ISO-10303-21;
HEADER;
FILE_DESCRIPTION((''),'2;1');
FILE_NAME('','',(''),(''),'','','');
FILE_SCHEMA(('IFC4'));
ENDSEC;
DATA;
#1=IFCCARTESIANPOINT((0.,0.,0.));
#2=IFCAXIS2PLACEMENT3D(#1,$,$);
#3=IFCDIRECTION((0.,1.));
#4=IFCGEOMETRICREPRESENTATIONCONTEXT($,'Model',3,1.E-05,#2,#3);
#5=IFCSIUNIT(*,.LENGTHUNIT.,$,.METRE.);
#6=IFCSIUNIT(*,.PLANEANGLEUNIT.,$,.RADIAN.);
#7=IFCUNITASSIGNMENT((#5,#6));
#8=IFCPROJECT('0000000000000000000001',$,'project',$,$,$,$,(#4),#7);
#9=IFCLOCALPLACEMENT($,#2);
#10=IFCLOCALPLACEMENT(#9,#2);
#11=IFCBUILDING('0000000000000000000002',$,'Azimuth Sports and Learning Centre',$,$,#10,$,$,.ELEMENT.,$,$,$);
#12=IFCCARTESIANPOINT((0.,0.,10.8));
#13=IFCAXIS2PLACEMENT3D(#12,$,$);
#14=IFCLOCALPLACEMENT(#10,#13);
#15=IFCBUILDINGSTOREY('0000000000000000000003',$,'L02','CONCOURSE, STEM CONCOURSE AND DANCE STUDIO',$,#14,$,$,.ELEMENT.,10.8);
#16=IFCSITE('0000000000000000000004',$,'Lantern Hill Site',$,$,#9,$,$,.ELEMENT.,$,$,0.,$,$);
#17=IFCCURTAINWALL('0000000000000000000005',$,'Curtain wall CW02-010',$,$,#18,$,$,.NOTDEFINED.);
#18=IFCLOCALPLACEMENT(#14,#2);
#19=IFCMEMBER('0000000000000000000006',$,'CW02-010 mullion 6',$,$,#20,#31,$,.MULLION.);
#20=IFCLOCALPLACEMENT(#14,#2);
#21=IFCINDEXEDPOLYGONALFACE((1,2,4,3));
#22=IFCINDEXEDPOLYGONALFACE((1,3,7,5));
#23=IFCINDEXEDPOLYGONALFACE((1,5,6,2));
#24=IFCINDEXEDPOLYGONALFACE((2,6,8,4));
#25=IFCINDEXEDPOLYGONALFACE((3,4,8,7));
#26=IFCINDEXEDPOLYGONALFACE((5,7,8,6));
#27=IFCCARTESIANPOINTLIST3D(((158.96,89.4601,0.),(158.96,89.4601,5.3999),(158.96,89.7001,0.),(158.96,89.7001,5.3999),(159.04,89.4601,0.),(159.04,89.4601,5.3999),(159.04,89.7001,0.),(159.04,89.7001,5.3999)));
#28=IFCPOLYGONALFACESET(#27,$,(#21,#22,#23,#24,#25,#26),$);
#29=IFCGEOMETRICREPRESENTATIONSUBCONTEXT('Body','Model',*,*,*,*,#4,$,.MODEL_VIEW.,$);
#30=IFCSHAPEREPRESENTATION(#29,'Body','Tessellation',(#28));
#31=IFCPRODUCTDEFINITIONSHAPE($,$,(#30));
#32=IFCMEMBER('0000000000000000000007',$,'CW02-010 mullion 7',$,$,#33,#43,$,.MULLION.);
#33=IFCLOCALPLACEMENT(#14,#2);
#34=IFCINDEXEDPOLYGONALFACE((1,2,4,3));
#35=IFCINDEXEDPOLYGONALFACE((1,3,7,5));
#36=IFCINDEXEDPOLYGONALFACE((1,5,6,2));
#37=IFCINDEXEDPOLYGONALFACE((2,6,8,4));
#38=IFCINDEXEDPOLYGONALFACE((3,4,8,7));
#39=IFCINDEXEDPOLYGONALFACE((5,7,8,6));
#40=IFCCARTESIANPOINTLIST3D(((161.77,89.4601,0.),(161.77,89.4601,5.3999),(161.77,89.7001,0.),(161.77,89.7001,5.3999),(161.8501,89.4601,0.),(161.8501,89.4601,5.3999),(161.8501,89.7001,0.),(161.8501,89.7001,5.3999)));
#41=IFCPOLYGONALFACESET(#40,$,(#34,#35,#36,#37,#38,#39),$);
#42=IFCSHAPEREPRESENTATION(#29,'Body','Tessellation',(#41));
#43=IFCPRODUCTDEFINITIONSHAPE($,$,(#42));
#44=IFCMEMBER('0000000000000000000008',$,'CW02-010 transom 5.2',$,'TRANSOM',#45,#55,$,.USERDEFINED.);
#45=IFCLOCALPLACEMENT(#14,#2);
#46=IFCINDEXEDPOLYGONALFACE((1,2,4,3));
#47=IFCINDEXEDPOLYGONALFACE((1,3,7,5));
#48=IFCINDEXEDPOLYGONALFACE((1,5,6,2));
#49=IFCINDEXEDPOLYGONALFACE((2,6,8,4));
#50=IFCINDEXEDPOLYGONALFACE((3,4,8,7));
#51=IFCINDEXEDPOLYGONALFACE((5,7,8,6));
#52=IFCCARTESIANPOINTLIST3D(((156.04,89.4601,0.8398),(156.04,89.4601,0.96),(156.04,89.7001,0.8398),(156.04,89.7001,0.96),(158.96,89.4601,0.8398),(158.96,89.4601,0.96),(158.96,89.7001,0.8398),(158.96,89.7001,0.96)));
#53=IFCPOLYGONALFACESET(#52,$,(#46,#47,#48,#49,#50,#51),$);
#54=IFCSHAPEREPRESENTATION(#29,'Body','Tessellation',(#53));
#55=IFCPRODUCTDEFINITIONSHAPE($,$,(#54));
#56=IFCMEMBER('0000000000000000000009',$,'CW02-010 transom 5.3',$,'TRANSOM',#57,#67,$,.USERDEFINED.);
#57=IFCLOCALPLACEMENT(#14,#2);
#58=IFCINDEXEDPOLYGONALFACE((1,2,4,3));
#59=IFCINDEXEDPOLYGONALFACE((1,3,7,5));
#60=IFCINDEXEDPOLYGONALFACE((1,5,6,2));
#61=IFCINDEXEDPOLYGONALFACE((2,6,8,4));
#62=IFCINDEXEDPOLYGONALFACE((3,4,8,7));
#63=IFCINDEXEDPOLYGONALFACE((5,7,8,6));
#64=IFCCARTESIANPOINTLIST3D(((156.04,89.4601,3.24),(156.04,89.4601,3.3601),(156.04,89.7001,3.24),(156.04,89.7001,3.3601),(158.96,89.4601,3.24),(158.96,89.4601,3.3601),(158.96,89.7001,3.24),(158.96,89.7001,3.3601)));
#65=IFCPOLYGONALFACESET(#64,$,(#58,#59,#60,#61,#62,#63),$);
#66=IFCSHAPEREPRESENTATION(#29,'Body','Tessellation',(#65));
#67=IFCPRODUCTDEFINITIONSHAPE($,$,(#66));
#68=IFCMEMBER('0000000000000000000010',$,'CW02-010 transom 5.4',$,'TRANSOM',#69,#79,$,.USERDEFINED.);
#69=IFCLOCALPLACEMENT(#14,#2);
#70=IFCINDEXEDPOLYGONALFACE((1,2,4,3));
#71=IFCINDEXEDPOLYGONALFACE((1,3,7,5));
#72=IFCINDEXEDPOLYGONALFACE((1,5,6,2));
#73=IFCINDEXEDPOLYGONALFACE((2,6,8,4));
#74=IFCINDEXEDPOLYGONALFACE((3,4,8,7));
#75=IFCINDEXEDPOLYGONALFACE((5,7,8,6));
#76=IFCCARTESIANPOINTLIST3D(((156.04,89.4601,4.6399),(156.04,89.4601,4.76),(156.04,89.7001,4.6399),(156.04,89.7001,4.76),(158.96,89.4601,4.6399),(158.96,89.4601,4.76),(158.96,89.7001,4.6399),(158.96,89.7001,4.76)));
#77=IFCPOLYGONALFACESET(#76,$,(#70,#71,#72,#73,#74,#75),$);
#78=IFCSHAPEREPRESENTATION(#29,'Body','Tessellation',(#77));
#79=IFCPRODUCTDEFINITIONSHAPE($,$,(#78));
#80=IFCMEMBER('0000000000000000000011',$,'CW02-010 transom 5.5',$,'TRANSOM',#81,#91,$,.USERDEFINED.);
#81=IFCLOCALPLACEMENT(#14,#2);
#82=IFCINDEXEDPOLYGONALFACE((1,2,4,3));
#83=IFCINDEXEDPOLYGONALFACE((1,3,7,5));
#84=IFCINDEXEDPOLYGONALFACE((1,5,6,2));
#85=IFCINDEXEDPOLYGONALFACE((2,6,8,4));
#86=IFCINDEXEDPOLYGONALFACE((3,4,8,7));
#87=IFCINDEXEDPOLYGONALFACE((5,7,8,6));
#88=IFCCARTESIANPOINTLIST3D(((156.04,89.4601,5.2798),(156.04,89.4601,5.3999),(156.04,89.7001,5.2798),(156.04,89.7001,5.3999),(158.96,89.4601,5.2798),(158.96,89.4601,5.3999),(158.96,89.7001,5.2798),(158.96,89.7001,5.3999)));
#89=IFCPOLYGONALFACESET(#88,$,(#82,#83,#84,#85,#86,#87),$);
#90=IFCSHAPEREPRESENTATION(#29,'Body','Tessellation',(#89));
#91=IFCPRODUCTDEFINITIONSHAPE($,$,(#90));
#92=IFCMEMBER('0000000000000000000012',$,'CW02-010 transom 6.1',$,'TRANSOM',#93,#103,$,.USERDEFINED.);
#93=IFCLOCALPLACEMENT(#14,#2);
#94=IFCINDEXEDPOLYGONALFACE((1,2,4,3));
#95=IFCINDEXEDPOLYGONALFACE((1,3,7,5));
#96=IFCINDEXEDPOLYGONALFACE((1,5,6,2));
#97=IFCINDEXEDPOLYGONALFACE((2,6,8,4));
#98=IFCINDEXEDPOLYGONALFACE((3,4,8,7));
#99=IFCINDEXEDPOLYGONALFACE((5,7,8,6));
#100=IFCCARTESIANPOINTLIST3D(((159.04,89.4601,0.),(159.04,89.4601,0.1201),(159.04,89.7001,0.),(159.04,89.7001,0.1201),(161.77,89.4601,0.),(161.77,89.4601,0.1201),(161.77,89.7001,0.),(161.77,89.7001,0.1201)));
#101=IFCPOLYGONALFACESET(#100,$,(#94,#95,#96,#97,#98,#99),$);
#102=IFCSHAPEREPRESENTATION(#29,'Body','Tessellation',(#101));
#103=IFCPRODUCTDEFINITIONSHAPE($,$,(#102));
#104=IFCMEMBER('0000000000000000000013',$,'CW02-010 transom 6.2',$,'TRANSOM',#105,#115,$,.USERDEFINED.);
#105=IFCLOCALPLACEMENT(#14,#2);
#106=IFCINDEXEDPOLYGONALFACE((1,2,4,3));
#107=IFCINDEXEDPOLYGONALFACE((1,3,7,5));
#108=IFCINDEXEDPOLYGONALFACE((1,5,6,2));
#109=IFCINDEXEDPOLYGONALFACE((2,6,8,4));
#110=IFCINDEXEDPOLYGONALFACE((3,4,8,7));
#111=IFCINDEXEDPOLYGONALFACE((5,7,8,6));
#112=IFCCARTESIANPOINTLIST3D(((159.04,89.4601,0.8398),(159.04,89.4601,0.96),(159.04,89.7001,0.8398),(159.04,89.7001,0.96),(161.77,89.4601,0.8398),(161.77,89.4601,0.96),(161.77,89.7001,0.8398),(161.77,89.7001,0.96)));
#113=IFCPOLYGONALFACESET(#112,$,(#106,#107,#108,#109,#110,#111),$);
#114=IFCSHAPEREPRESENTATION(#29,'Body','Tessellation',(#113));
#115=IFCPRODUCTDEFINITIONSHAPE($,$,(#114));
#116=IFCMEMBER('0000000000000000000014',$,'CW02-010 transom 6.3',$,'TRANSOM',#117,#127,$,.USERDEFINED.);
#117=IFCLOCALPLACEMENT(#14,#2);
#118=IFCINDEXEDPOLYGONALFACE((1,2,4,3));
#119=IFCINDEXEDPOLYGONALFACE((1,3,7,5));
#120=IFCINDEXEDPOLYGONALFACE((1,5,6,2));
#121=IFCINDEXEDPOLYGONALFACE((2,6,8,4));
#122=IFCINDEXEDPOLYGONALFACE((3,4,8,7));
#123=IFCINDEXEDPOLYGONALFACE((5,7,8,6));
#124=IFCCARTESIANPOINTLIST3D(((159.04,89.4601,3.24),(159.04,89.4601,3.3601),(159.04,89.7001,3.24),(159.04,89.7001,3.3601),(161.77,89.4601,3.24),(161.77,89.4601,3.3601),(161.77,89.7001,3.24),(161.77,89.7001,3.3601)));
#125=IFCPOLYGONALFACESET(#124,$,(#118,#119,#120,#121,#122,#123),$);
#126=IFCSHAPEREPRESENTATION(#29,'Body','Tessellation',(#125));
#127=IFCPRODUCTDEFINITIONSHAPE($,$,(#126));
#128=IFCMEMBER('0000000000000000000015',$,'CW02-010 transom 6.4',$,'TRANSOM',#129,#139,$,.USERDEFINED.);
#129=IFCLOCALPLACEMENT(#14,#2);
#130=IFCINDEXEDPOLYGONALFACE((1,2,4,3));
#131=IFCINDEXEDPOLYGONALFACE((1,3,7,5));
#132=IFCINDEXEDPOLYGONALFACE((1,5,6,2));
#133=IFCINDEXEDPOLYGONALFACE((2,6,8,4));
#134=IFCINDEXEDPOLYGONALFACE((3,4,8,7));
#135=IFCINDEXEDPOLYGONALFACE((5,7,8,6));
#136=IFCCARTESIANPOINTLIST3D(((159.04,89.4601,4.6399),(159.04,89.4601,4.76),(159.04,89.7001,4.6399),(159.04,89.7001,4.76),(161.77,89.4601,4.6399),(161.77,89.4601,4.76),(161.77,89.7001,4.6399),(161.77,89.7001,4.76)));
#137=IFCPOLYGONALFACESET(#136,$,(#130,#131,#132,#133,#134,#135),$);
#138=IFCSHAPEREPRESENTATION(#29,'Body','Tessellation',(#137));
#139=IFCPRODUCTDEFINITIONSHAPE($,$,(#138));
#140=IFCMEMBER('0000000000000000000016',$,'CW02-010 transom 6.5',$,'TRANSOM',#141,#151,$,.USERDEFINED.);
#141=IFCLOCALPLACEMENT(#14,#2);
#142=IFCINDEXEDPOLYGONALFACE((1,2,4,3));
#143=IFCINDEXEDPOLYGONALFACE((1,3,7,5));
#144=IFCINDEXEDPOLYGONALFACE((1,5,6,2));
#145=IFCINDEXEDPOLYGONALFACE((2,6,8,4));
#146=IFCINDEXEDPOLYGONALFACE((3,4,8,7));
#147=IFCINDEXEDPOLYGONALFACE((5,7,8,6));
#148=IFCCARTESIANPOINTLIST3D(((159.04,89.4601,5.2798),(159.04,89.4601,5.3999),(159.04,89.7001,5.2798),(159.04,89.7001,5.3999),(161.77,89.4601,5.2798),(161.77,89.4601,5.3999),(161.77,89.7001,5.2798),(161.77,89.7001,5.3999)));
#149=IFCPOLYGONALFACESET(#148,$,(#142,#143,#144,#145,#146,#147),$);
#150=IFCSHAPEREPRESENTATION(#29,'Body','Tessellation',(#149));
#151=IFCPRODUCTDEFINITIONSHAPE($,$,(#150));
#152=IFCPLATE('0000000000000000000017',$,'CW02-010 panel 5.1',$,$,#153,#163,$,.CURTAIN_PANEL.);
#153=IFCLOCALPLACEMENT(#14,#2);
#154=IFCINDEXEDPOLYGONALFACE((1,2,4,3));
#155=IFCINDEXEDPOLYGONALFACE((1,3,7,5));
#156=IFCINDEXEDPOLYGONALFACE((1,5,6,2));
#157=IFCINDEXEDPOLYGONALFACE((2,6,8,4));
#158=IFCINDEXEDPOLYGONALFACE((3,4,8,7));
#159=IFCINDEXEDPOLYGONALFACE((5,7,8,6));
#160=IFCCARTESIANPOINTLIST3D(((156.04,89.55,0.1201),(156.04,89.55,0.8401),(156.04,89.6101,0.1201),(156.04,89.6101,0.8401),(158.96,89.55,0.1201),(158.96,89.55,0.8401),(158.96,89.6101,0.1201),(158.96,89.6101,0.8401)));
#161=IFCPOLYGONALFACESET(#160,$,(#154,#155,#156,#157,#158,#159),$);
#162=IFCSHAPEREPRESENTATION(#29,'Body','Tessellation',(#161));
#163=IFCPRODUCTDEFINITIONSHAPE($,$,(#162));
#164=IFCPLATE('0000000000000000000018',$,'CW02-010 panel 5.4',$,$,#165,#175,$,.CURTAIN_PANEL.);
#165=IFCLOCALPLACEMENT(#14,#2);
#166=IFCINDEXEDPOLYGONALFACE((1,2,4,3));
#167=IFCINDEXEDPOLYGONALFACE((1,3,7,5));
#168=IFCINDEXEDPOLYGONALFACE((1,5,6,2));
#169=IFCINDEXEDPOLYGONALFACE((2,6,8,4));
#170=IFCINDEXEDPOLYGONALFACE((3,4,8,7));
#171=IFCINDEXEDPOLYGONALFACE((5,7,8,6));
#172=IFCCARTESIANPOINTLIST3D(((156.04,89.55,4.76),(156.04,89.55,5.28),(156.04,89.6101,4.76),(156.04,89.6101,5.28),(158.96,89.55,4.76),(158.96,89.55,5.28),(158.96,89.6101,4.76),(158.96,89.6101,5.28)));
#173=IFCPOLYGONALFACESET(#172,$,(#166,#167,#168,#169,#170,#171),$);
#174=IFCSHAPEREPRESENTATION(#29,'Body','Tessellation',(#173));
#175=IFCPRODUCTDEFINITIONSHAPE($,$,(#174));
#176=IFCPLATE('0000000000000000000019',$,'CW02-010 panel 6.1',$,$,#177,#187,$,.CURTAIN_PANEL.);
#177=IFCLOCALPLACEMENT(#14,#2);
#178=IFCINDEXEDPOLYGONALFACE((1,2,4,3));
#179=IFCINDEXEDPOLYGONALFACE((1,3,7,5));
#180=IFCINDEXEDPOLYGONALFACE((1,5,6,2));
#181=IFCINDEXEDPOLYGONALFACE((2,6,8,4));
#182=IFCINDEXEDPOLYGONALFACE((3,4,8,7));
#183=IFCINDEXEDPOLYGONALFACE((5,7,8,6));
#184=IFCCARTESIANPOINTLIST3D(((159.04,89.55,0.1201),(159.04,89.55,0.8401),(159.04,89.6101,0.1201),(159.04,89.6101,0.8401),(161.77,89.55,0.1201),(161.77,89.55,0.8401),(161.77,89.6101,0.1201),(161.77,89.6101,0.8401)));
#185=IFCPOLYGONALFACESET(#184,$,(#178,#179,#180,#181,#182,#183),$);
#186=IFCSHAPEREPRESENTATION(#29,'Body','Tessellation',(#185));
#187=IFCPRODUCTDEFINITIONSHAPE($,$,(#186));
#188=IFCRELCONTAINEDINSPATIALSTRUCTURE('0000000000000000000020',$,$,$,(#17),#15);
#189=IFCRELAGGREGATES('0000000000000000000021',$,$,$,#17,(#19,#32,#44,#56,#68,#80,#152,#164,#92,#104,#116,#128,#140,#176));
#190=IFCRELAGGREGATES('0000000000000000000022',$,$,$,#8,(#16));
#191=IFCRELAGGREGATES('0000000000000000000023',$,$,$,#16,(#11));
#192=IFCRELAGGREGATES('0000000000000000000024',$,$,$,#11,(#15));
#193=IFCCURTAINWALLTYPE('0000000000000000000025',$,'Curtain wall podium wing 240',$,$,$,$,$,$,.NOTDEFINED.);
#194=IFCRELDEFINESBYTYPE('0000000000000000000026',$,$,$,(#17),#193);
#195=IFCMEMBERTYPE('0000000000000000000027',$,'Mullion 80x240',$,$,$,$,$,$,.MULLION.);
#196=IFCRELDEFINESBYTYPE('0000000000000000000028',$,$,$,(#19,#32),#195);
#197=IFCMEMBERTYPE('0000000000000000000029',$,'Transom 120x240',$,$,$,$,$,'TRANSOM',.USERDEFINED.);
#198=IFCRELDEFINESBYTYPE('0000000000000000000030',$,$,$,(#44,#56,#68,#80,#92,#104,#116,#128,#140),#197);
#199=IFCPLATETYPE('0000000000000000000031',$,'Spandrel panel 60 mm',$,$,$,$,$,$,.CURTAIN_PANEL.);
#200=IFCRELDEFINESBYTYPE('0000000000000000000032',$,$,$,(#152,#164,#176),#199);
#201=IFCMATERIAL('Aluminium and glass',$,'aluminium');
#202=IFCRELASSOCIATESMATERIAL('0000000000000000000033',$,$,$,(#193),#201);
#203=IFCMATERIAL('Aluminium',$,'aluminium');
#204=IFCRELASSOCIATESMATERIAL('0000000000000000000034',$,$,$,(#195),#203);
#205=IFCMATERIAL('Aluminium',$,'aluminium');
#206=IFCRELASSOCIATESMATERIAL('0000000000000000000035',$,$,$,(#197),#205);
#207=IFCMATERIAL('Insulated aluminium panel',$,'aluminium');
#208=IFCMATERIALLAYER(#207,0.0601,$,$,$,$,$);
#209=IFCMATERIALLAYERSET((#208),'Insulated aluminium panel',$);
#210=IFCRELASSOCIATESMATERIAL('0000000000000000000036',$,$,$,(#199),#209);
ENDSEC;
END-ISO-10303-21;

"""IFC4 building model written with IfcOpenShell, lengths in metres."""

from ifc_helpers import new_model, si_unit, direction, frame, origin, origin_2d, place, context, subcontext, project, spatial, rectangle, extrude, material, layer, layer_set, material_profile, profile_set, type_object, element, aggregate, save


model = new_model("IFC4")

# Units and contexts
model_context = context("Model", 3, precision=1e-05, world=origin(), true_north=direction((0.0, 1.0)))
body_context = subcontext(model_context, "Body", "Model", "MODEL_VIEW")
ifc_project = project(units=[si_unit("LENGTHUNIT", "METRE"), si_unit("PLANEANGLEUNIT", "RADIAN")], contexts=[model_context])

# Site, building, storey
site_placement = place(None, origin())
site = spatial("IfcSite", under=ifc_project, at=site_placement, Name="Lantern Hill Site", CompositionType="ELEMENT", RefElevation=0.0)
building_placement = place(site_placement, origin())
building = spatial("IfcBuilding", under=site, at=building_placement, Name="Azimuth Sports and Learning Centre", CompositionType="ELEMENT")
storey_placement = place(building_placement, frame((0.0, 0.0, 10.8)))
storey = spatial("IfcBuildingStorey", under=building, at=storey_placement, Name="L02", Description="CONCOURSE, STEM CONCOURSE AND DANCE STUDIO", CompositionType="ELEMENT", Elevation=10.8)

# Curtain wall, members, plates
ifc_material_1 = material(Name="Aluminium and glass", Category="aluminium")
curtain_wall_type = type_object("IfcCurtainWallType", Name="Curtain wall podium wing 240", PredefinedType="NOTDEFINED", material=ifc_material_1)
curtain_wall_placement = place(storey_placement, origin())
curtain_wall = element("IfcCurtainWall", 1, at=curtain_wall_placement, inside=storey, type_object=curtain_wall_type, Name="Curtain wall CW02-010", PredefinedType="NOTDEFINED")
ifc_material_2 = material(Name="Aluminium", Category="aluminium")
ifc_material_profile_1 = material_profile(ifc_material_2, rectangle(XDim=0.24, YDim=0.0801, at=origin_2d()), Name="Mullion 80x240")
ifc_profile_set_1 = profile_set([ifc_material_profile_1], Name="Aluminium")
member_type_1 = type_object("IfcMemberType", Name="Mullion 80x240", PredefinedType="MULLION", material=ifc_profile_set_1)
member_1_placement = place(storey_placement, frame((159.0, 89.5801, 0.0), z_axis=(0.0, 0.0, 1.0), x_axis=(0.0, 1.0, 0.0)))
member_1 = element("IfcMember", 2, at=member_1_placement, type_object=member_type_1, Name="CW02-010 mullion 6", PredefinedType="MULLION", context=body_context, shape_type="SweptSolid", body=[
    extrude(rectangle(XDim=0.24, YDim=0.0801, at=origin_2d()), origin(), (0.0, 0.0, 1.0), 5.3999),
])
member_2_placement = place(storey_placement, frame((161.8101, 89.5801, 0.0), z_axis=(0.0, 0.0, 1.0), x_axis=(0.0, 1.0, 0.0)))
member_2 = element("IfcMember", 3, at=member_2_placement, type_object=member_type_1, Name="CW02-010 mullion 7", PredefinedType="MULLION", context=body_context, shape_type="SweptSolid", body=[
    extrude(rectangle(XDim=0.24, YDim=0.0801, at=origin_2d()), origin(), (0.0, 0.0, 1.0), 5.3999),
])
ifc_material_3 = material(Name="Aluminium", Category="aluminium")
ifc_material_profile_2 = material_profile(ifc_material_3, rectangle(XDim=0.24, YDim=0.1201, at=origin_2d()), Name="Transom 120x240")
ifc_profile_set_2 = profile_set([ifc_material_profile_2], Name="Aluminium")
member_type_2 = type_object("IfcMemberType", Name="Transom 120x240", ElementType="TRANSOM", PredefinedType="USERDEFINED", material=ifc_profile_set_2)
member_3_placement = place(storey_placement, frame((156.04, 89.5801, 0.8999), z_axis=(1.0, 0.0, 0.0), x_axis=(0.0, 1.0, 0.0)))
member_3 = element("IfcMember", 4, at=member_3_placement, type_object=member_type_2, Name="CW02-010 transom 5.2", ObjectType="TRANSOM", PredefinedType="USERDEFINED", context=body_context, shape_type="SweptSolid", body=[
    extrude(rectangle(XDim=0.24, YDim=0.1201, at=origin_2d()), origin(), (0.0, 0.0, 1.0), 2.9199),
])
member_4_placement = place(storey_placement, frame((156.04, 89.5801, 3.3), z_axis=(1.0, 0.0, 0.0), x_axis=(0.0, 1.0, 0.0)))
member_4 = element("IfcMember", 5, at=member_4_placement, type_object=member_type_2, Name="CW02-010 transom 5.3", ObjectType="TRANSOM", PredefinedType="USERDEFINED", context=body_context, shape_type="SweptSolid", body=[
    extrude(rectangle(XDim=0.24, YDim=0.1201, at=origin_2d()), origin(), (0.0, 0.0, 1.0), 2.9199),
])
member_5_placement = place(storey_placement, frame((156.04, 89.5801, 4.7), z_axis=(1.0, 0.0, 0.0), x_axis=(0.0, 1.0, 0.0)))
member_5 = element("IfcMember", 6, at=member_5_placement, type_object=member_type_2, Name="CW02-010 transom 5.4", ObjectType="TRANSOM", PredefinedType="USERDEFINED", context=body_context, shape_type="SweptSolid", body=[
    extrude(rectangle(XDim=0.24, YDim=0.1201, at=origin_2d()), origin(), (0.0, 0.0, 1.0), 2.9199),
])
member_6_placement = place(storey_placement, frame((156.04, 89.5801, 5.3398), z_axis=(1.0, 0.0, 0.0), x_axis=(0.0, 1.0, 0.0)))
member_6 = element("IfcMember", 7, at=member_6_placement, type_object=member_type_2, Name="CW02-010 transom 5.5", ObjectType="TRANSOM", PredefinedType="USERDEFINED", context=body_context, shape_type="SweptSolid", body=[
    extrude(rectangle(XDim=0.24, YDim=0.1201, at=origin_2d()), origin(), (0.0, 0.0, 1.0), 2.9199),
])
member_7_placement = place(storey_placement, frame((159.04, 89.5801, 0.0601), z_axis=(1.0, 0.0, 0.0), x_axis=(0.0, 1.0, 0.0)))
member_7 = element("IfcMember", 8, at=member_7_placement, type_object=member_type_2, Name="CW02-010 transom 6.1", ObjectType="TRANSOM", PredefinedType="USERDEFINED", context=body_context, shape_type="SweptSolid", body=[
    extrude(rectangle(XDim=0.24, YDim=0.1201, at=origin_2d()), origin(), (0.0, 0.0, 1.0), 2.73),
])
member_8_placement = place(storey_placement, frame((159.04, 89.5801, 0.8999), z_axis=(1.0, 0.0, 0.0), x_axis=(0.0, 1.0, 0.0)))
member_8 = element("IfcMember", 9, at=member_8_placement, type_object=member_type_2, Name="CW02-010 transom 6.2", ObjectType="TRANSOM", PredefinedType="USERDEFINED", context=body_context, shape_type="SweptSolid", body=[
    extrude(rectangle(XDim=0.24, YDim=0.1201, at=origin_2d()), origin(), (0.0, 0.0, 1.0), 2.73),
])
member_9_placement = place(storey_placement, frame((159.04, 89.5801, 3.3), z_axis=(1.0, 0.0, 0.0), x_axis=(0.0, 1.0, 0.0)))
member_9 = element("IfcMember", 10, at=member_9_placement, type_object=member_type_2, Name="CW02-010 transom 6.3", ObjectType="TRANSOM", PredefinedType="USERDEFINED", context=body_context, shape_type="SweptSolid", body=[
    extrude(rectangle(XDim=0.24, YDim=0.1201, at=origin_2d()), origin(), (0.0, 0.0, 1.0), 2.73),
])
member_10_placement = place(storey_placement, frame((159.04, 89.5801, 4.7), z_axis=(1.0, 0.0, 0.0), x_axis=(0.0, 1.0, 0.0)))
member_10 = element("IfcMember", 11, at=member_10_placement, type_object=member_type_2, Name="CW02-010 transom 6.4", ObjectType="TRANSOM", PredefinedType="USERDEFINED", context=body_context, shape_type="SweptSolid", body=[
    extrude(rectangle(XDim=0.24, YDim=0.1201, at=origin_2d()), origin(), (0.0, 0.0, 1.0), 2.73),
])
member_11_placement = place(storey_placement, frame((159.04, 89.5801, 5.3398), z_axis=(1.0, 0.0, 0.0), x_axis=(0.0, 1.0, 0.0)))
member_11 = element("IfcMember", 12, at=member_11_placement, type_object=member_type_2, Name="CW02-010 transom 6.5", ObjectType="TRANSOM", PredefinedType="USERDEFINED", context=body_context, shape_type="SweptSolid", body=[
    extrude(rectangle(XDim=0.24, YDim=0.1201, at=origin_2d()), origin(), (0.0, 0.0, 1.0), 2.73),
])
ifc_material_4 = material(Name="Insulated aluminium panel", Category="aluminium")
ifc_layer_1 = layer(ifc_material_4, 0.0601)
ifc_layer_set_1 = layer_set([ifc_layer_1], Name="Insulated aluminium panel")
plate_type_1 = type_object("IfcPlateType", Name="Spandrel panel 60 mm", PredefinedType="CURTAIN_PANEL", material=ifc_layer_set_1)
plate_1_placement = place(storey_placement, frame((157.5, 89.5801, 0.1201), z_axis=(0.0, 0.0, 1.0), x_axis=(1.0, 0.0, 0.0)))
plate_1 = element("IfcPlate", 13, at=plate_1_placement, type_object=plate_type_1, Name="CW02-010 panel 5.1", PredefinedType="CURTAIN_PANEL", context=body_context, shape_type="SweptSolid", body=[
    extrude(rectangle(XDim=2.9199, YDim=0.0601, at=origin_2d()), origin(), (0.0, 0.0, 1.0), 0.72),
])
plate_2_placement = place(storey_placement, frame((157.5, 89.5801, 4.76), z_axis=(0.0, 0.0, 1.0), x_axis=(1.0, 0.0, 0.0)))
plate_2 = element("IfcPlate", 14, at=plate_2_placement, type_object=plate_type_1, Name="CW02-010 panel 5.4", PredefinedType="CURTAIN_PANEL", context=body_context, shape_type="SweptSolid", body=[
    extrude(rectangle(XDim=2.9199, YDim=0.0601, at=origin_2d()), origin(), (0.0, 0.0, 1.0), 0.52),
])
plate_3_placement = place(storey_placement, frame((160.405, 89.5801, 0.1201), z_axis=(0.0, 0.0, 1.0), x_axis=(1.0, 0.0, 0.0)))
plate_3 = element("IfcPlate", 15, at=plate_3_placement, type_object=plate_type_1, Name="CW02-010 panel 6.1", PredefinedType="CURTAIN_PANEL", context=body_context, shape_type="SweptSolid", body=[
    extrude(rectangle(XDim=2.73, YDim=0.0601, at=origin_2d()), origin(), (0.0, 0.0, 1.0), 0.72),
])
aggregate(curtain_wall, [member_1, member_2, member_3, member_4, member_5, member_6, plate_1, plate_2, member_7, member_8, member_9, member_10, member_11, plate_3])

save(model, "model.ifc")
